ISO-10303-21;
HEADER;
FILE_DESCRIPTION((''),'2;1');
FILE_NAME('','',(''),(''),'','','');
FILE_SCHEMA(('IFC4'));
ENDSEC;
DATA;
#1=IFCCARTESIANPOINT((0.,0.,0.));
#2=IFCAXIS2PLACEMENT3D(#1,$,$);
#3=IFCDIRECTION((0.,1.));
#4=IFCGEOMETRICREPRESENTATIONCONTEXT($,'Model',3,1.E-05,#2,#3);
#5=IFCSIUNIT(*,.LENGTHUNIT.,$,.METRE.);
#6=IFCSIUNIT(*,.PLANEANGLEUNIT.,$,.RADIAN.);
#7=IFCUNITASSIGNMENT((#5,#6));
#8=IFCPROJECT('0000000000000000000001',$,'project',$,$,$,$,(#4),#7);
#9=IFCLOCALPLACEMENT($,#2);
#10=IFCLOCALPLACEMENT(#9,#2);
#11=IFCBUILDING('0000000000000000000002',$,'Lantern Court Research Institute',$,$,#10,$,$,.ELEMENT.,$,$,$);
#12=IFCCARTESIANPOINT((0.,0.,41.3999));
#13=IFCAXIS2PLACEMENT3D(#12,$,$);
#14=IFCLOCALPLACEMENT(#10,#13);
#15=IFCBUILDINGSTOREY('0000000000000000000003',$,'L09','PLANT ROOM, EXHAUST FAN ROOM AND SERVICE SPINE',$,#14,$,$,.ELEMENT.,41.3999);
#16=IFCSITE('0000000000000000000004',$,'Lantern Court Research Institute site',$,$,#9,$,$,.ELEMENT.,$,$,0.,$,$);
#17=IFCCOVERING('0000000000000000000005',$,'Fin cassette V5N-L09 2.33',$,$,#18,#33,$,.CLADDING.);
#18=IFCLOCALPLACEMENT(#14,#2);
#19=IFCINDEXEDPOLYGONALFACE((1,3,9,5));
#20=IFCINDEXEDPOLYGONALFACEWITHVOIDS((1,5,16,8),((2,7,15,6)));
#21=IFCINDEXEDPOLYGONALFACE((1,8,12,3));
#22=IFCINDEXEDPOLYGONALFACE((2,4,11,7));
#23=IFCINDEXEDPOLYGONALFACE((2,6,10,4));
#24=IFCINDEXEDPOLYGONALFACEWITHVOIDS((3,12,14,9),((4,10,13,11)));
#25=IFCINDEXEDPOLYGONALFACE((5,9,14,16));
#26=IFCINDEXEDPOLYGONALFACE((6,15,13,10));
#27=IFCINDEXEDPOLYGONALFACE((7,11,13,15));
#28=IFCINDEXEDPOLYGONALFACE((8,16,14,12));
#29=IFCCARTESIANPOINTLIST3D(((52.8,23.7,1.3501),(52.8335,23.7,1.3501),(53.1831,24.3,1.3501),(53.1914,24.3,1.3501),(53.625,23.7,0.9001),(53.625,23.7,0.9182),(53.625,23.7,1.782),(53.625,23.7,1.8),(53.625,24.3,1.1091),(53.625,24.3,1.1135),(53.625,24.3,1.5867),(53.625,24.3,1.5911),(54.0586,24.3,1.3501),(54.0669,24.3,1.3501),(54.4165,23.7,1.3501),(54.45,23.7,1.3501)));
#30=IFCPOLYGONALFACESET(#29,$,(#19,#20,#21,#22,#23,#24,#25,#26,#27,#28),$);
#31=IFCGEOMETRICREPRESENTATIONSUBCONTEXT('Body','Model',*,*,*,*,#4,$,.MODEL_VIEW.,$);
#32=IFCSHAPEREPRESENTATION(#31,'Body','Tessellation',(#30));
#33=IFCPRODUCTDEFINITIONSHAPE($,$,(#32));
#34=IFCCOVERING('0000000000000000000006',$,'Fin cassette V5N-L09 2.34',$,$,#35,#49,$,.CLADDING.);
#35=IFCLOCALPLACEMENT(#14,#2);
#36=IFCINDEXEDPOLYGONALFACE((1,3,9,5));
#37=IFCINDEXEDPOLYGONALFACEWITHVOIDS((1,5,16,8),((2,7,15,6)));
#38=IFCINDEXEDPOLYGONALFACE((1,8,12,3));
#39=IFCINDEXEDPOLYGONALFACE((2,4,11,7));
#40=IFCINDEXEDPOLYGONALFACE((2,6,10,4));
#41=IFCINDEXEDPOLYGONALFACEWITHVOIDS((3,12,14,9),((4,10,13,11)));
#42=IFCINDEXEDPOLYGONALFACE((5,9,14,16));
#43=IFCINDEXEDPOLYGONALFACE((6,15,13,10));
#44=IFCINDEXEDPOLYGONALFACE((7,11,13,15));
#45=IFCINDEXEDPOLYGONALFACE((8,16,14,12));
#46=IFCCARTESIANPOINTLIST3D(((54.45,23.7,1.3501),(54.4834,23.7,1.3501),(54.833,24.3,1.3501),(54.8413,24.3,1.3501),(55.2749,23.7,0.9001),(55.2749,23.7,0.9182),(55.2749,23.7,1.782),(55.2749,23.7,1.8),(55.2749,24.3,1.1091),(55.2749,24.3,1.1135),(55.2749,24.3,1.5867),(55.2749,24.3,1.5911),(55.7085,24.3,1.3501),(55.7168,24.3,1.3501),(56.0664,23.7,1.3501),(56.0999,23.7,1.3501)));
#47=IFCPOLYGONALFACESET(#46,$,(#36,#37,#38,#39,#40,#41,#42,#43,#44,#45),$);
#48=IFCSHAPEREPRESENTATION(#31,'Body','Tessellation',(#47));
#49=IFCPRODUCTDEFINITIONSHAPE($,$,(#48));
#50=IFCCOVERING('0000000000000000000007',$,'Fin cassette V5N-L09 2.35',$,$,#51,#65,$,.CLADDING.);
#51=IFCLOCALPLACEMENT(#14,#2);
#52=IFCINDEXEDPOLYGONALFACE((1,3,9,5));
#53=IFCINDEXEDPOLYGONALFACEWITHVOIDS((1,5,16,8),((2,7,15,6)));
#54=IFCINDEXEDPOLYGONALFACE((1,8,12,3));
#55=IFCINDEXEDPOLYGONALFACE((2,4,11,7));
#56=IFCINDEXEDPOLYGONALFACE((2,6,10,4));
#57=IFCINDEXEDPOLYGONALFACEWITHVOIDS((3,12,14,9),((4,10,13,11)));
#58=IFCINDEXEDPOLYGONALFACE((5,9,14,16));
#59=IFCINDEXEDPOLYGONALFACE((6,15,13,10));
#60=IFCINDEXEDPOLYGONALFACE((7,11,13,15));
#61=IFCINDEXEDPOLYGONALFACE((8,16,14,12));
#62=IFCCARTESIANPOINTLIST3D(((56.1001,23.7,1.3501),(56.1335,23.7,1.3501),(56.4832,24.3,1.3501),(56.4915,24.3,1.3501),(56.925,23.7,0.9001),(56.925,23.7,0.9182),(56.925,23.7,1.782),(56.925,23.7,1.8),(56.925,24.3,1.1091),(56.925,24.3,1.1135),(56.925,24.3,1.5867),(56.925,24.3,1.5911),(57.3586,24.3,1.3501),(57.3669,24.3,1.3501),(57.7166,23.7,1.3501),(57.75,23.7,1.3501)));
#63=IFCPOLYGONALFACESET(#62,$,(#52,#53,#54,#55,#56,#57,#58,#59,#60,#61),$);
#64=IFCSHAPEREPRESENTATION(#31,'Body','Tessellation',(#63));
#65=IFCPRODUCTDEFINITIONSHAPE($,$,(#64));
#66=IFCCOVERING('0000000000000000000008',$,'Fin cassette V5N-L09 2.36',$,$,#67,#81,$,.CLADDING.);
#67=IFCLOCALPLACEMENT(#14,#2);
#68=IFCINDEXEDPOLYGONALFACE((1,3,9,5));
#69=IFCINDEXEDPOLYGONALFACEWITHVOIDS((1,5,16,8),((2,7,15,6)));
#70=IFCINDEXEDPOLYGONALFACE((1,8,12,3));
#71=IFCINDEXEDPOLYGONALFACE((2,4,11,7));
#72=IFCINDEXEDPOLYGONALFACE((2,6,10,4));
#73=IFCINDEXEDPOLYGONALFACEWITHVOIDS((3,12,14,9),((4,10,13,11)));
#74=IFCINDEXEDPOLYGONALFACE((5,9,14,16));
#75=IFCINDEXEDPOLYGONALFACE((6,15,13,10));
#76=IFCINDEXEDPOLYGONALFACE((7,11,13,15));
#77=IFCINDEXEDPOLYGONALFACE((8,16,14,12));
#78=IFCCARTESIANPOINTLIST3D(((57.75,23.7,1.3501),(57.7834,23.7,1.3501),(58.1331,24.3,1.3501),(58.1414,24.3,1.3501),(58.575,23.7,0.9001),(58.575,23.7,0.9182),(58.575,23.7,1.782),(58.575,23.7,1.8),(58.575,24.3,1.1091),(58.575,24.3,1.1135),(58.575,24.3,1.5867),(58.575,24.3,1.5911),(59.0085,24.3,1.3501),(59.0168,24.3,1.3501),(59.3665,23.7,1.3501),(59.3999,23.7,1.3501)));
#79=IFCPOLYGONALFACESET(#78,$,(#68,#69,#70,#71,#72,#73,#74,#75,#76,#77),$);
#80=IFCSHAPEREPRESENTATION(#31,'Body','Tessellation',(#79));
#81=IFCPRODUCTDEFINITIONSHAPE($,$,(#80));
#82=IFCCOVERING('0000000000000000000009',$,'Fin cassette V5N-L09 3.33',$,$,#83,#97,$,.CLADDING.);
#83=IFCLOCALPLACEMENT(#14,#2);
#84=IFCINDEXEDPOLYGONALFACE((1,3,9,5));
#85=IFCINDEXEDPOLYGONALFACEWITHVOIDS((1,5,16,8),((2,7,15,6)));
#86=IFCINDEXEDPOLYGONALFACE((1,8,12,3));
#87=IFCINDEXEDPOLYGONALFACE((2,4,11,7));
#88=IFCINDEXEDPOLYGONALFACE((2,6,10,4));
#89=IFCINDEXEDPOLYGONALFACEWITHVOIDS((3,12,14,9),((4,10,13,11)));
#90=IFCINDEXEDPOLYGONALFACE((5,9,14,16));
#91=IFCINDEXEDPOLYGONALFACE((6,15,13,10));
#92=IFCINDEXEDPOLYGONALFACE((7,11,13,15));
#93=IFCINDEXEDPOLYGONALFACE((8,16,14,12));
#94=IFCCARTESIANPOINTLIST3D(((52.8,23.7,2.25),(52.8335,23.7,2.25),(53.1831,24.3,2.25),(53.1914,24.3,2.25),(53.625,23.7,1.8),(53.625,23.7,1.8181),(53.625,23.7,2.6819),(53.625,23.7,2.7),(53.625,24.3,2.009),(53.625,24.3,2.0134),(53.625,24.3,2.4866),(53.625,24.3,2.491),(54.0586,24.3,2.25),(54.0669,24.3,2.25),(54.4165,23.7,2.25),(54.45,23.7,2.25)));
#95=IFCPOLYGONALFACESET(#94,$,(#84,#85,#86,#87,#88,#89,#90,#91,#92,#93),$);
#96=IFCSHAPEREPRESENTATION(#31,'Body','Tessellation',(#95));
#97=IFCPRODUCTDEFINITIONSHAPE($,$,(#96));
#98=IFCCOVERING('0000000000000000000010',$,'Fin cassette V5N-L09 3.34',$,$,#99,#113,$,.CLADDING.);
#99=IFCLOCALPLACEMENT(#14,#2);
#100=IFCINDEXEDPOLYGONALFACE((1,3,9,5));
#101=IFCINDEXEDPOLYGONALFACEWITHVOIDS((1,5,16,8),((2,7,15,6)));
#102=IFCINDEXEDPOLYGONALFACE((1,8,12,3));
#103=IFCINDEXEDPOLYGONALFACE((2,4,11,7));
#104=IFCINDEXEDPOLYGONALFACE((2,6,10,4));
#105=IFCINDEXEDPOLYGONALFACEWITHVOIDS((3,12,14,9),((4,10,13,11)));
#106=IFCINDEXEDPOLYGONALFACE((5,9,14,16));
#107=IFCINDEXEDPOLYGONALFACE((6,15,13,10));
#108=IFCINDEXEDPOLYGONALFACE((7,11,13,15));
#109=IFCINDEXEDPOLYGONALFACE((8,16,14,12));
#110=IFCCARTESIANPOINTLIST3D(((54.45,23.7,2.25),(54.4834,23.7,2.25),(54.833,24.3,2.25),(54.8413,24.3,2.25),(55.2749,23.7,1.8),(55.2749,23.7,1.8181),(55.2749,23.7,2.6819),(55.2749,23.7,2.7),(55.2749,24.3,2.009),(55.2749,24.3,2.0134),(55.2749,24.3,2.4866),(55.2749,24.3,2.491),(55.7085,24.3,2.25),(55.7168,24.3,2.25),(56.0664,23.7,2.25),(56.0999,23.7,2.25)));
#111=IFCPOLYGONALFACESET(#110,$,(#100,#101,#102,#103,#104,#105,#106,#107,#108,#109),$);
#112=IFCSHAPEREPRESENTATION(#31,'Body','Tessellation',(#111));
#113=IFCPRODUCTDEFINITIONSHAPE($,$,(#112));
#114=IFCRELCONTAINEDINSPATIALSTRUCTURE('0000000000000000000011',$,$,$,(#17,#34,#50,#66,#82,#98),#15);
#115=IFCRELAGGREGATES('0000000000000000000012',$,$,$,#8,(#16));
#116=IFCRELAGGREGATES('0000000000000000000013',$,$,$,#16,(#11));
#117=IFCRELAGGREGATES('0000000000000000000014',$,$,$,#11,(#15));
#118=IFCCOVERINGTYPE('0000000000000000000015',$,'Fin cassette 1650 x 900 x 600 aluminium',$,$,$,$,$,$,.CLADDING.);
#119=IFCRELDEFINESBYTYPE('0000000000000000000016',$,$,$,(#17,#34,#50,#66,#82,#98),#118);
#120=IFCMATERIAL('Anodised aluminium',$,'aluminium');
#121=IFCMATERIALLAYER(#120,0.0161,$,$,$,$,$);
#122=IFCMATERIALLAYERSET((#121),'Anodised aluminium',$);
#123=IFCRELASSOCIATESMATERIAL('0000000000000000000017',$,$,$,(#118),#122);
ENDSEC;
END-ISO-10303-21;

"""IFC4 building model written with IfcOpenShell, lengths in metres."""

from ifc_helpers import new_model, entity, si_unit, direction, frame, origin, place, context, subcontext, project, spatial, material, layer, layer_set, type_object, element, save


model = new_model("IFC4")

# Units and contexts
model_context = context("Model", 3, precision=1e-05, world=origin(), true_north=direction((0.0, 1.0)))
body_context = subcontext(model_context, "Body", "Model", "MODEL_VIEW")
ifc_project = project(units=[si_unit("LENGTHUNIT", "METRE"), si_unit("PLANEANGLEUNIT", "RADIAN")], contexts=[model_context])

# Site, building, storey
site_placement = place(None, origin())
site = spatial("IfcSite", under=ifc_project, at=site_placement, Name="Lantern Court Research Institute site", CompositionType="ELEMENT", RefElevation=0.0)
building_placement = place(site_placement, origin())
building = spatial("IfcBuilding", under=site, at=building_placement, Name="Lantern Court Research Institute", CompositionType="ELEMENT")
storey_placement = place(building_placement, frame((0.0, 0.0, 41.3999)))
storey = spatial("IfcBuildingStorey", under=building, at=storey_placement, Name="L09", Description="PLANT ROOM, EXHAUST FAN ROOM AND SERVICE SPINE", CompositionType="ELEMENT", Elevation=41.3999)

# Coverings
ifc_material_1 = material(Name="Anodised aluminium", Category="aluminium")
ifc_layer_1 = layer(ifc_material_1, 0.0161)
ifc_layer_set_1 = layer_set([ifc_layer_1], Name="Anodised aluminium")
covering_type = type_object("IfcCoveringType", Name="Fin cassette 1650 x 900 x 600 aluminium", PredefinedType="CLADDING", material=ifc_layer_set_1)
covering_1_placement = place(storey_placement, frame((53.625, 23.7, 1.3501), z_axis=(0.0, 1.0, 0.0), x_axis=(-1.0, 0.0, 0.0)))
cartesian_point_1 = entity("IfcCartesianPoint", [0.825, 0.0])
cartesian_point_2 = entity("IfcCartesianPoint", [0.7915, 0.0])
cartesian_point_3 = entity("IfcCartesianPoint", [0.4419, 0.0])
cartesian_point_4 = entity("IfcCartesianPoint", [0.4336, 0.0])
element("IfcCovering", 1, at=covering_1_placement, inside=storey, type_object=covering_type, Name="Fin cassette V5N-L09 2.33", PredefinedType="CLADDING", context=body_context, shape_type="SweptSolid", body=[
    entity("IfcExtrudedAreaSolidTapered", entity("IfcArbitraryProfileDefWithVoids", "AREA", None, entity("IfcPolyline", [cartesian_point_1, entity("IfcCartesianPoint", [0.0, 0.45]), entity("IfcCartesianPoint", [-0.825, 0.0]), entity("IfcCartesianPoint", [0.0, -0.45]), cartesian_point_1]), [entity("IfcPolyline", [cartesian_point_2, entity("IfcCartesianPoint", [0.0, 0.4319]), entity("IfcCartesianPoint", [-0.7915, 0.0]), entity("IfcCartesianPoint", [0.0, -0.4319]), cartesian_point_2])]), entity("IfcAxis2Placement3D", entity("IfcCartesianPoint", [0.0, 0.0, 0.0])), entity("IfcDirection", [0.0, 0.0, 1.0]), 0.6001, entity("IfcArbitraryProfileDefWithVoids", "AREA", None, entity("IfcPolyline", [cartesian_point_3, entity("IfcCartesianPoint", [0.0, 0.241]), entity("IfcCartesianPoint", [-0.4419, 0.0]), entity("IfcCartesianPoint", [0.0, -0.241]), cartesian_point_3]), [entity("IfcPolyline", [cartesian_point_4, entity("IfcCartesianPoint", [0.0, 0.2366]), entity("IfcCartesianPoint", [-0.4336, 0.0]), entity("IfcCartesianPoint", [0.0, -0.2366]), cartesian_point_4])])),
])
covering_2_placement = place(storey_placement, frame((55.2749, 23.7, 1.3501), z_axis=(0.0, 1.0, 0.0), x_axis=(-1.0, 0.0, 0.0)))
cartesian_point_5 = entity("IfcCartesianPoint", [0.825, 0.0])
cartesian_point_6 = entity("IfcCartesianPoint", [0.7915, 0.0])
cartesian_point_7 = entity("IfcCartesianPoint", [0.4419, 0.0])
cartesian_point_8 = entity("IfcCartesianPoint", [0.4336, 0.0])
element("IfcCovering", 2, at=covering_2_placement, inside=storey, type_object=covering_type, Name="Fin cassette V5N-L09 2.34", PredefinedType="CLADDING", context=body_context, shape_type="SweptSolid", body=[
    entity("IfcExtrudedAreaSolidTapered", entity("IfcArbitraryProfileDefWithVoids", "AREA", None, entity("IfcPolyline", [cartesian_point_5, entity("IfcCartesianPoint", [0.0, 0.45]), entity("IfcCartesianPoint", [-0.825, 0.0]), entity("IfcCartesianPoint", [0.0, -0.45]), cartesian_point_5]), [entity("IfcPolyline", [cartesian_point_6, entity("IfcCartesianPoint", [0.0, 0.4319]), entity("IfcCartesianPoint", [-0.7915, 0.0]), entity("IfcCartesianPoint", [0.0, -0.4319]), cartesian_point_6])]), entity("IfcAxis2Placement3D", entity("IfcCartesianPoint", [0.0, 0.0, 0.0])), entity("IfcDirection", [0.0, 0.0, 1.0]), 0.6001, entity("IfcArbitraryProfileDefWithVoids", "AREA", None, entity("IfcPolyline", [cartesian_point_7, entity("IfcCartesianPoint", [0.0, 0.241]), entity("IfcCartesianPoint", [-0.4419, 0.0]), entity("IfcCartesianPoint", [0.0, -0.241]), cartesian_point_7]), [entity("IfcPolyline", [cartesian_point_8, entity("IfcCartesianPoint", [0.0, 0.2366]), entity("IfcCartesianPoint", [-0.4336, 0.0]), entity("IfcCartesianPoint", [0.0, -0.2366]), cartesian_point_8])])),
])
covering_3_placement = place(storey_placement, frame((56.925, 23.7, 1.3501), z_axis=(0.0, 1.0, 0.0), x_axis=(-1.0, 0.0, 0.0)))
cartesian_point_9 = entity("IfcCartesianPoint", [0.825, 0.0])
cartesian_point_10 = entity("IfcCartesianPoint", [0.7915, 0.0])
cartesian_point_11 = entity("IfcCartesianPoint", [0.4419, 0.0])
cartesian_point_12 = entity("IfcCartesianPoint", [0.4336, 0.0])
element("IfcCovering", 3, at=covering_3_placement, inside=storey, type_object=covering_type, Name="Fin cassette V5N-L09 2.35", PredefinedType="CLADDING", context=body_context, shape_type="SweptSolid", body=[
    entity("IfcExtrudedAreaSolidTapered", entity("IfcArbitraryProfileDefWithVoids", "AREA", None, entity("IfcPolyline", [cartesian_point_9, entity("IfcCartesianPoint", [0.0, 0.45]), entity("IfcCartesianPoint", [-0.825, 0.0]), entity("IfcCartesianPoint", [0.0, -0.45]), cartesian_point_9]), [entity("IfcPolyline", [cartesian_point_10, entity("IfcCartesianPoint", [0.0, 0.4319]), entity("IfcCartesianPoint", [-0.7915, 0.0]), entity("IfcCartesianPoint", [0.0, -0.4319]), cartesian_point_10])]), entity("IfcAxis2Placement3D", entity("IfcCartesianPoint", [0.0, 0.0, 0.0])), entity("IfcDirection", [0.0, 0.0, 1.0]), 0.6001, entity("IfcArbitraryProfileDefWithVoids", "AREA", None, entity("IfcPolyline", [cartesian_point_11, entity("IfcCartesianPoint", [0.0, 0.241]), entity("IfcCartesianPoint", [-0.4419, 0.0]), entity("IfcCartesianPoint", [0.0, -0.241]), cartesian_point_11]), [entity("IfcPolyline", [cartesian_point_12, entity("IfcCartesianPoint", [0.0, 0.2366]), entity("IfcCartesianPoint", [-0.4336, 0.0]), entity("IfcCartesianPoint", [0.0, -0.2366]), cartesian_point_12])])),
])
covering_4_placement = place(storey_placement, frame((58.575, 23.7, 1.3501), z_axis=(0.0, 1.0, 0.0), x_axis=(-1.0, 0.0, 0.0)))
cartesian_point_13 = entity("IfcCartesianPoint", [0.825, 0.0])
cartesian_point_14 = entity("IfcCartesianPoint", [0.7915, 0.0])
cartesian_point_15 = entity("IfcCartesianPoint", [0.4419, 0.0])
cartesian_point_16 = entity("IfcCartesianPoint", [0.4336, 0.0])
element("IfcCovering", 4, at=covering_4_placement, inside=storey, type_object=covering_type, Name="Fin cassette V5N-L09 2.36", PredefinedType="CLADDING", context=body_context, shape_type="SweptSolid", body=[
    entity("IfcExtrudedAreaSolidTapered", entity("IfcArbitraryProfileDefWithVoids", "AREA", None, entity("IfcPolyline", [cartesian_point_13, entity("IfcCartesianPoint", [0.0, 0.45]), entity("IfcCartesianPoint", [-0.825, 0.0]), entity("IfcCartesianPoint", [0.0, -0.45]), cartesian_point_13]), [entity("IfcPolyline", [cartesian_point_14, entity("IfcCartesianPoint", [0.0, 0.4319]), entity("IfcCartesianPoint", [-0.7915, 0.0]), entity("IfcCartesianPoint", [0.0, -0.4319]), cartesian_point_14])]), entity("IfcAxis2Placement3D", entity("IfcCartesianPoint", [0.0, 0.0, 0.0])), entity("IfcDirection", [0.0, 0.0, 1.0]), 0.6001, entity("IfcArbitraryProfileDefWithVoids", "AREA", None, entity("IfcPolyline", [cartesian_point_15, entity("IfcCartesianPoint", [0.0, 0.241]), entity("IfcCartesianPoint", [-0.4419, 0.0]), entity("IfcCartesianPoint", [0.0, -0.241]), cartesian_point_15]), [entity("IfcPolyline", [cartesian_point_16, entity("IfcCartesianPoint", [0.0, 0.2366]), entity("IfcCartesianPoint", [-0.4336, 0.0]), entity("IfcCartesianPoint", [0.0, -0.2366]), cartesian_point_16])])),
])
covering_5_placement = place(storey_placement, frame((53.625, 23.7, 2.25), z_axis=(0.0, 1.0, 0.0), x_axis=(-1.0, 0.0, 0.0)))
cartesian_point_17 = entity("IfcCartesianPoint", [0.825, 0.0])
cartesian_point_18 = entity("IfcCartesianPoint", [0.7915, 0.0])
cartesian_point_19 = entity("IfcCartesianPoint", [0.4419, 0.0])
cartesian_point_20 = entity("IfcCartesianPoint", [0.4336, 0.0])
element("IfcCovering", 5, at=covering_5_placement, inside=storey, type_object=covering_type, Name="Fin cassette V5N-L09 3.33", PredefinedType="CLADDING", context=body_context, shape_type="SweptSolid", body=[
    entity("IfcExtrudedAreaSolidTapered", entity("IfcArbitraryProfileDefWithVoids", "AREA", None, entity("IfcPolyline", [cartesian_point_17, entity("IfcCartesianPoint", [0.0, 0.45]), entity("IfcCartesianPoint", [-0.825, 0.0]), entity("IfcCartesianPoint", [0.0, -0.45]), cartesian_point_17]), [entity("IfcPolyline", [cartesian_point_18, entity("IfcCartesianPoint", [0.0, 0.4319]), entity("IfcCartesianPoint", [-0.7915, 0.0]), entity("IfcCartesianPoint", [0.0, -0.4319]), cartesian_point_18])]), entity("IfcAxis2Placement3D", entity("IfcCartesianPoint", [0.0, 0.0, 0.0])), entity("IfcDirection", [0.0, 0.0, 1.0]), 0.6001, entity("IfcArbitraryProfileDefWithVoids", "AREA", None, entity("IfcPolyline", [cartesian_point_19, entity("IfcCartesianPoint", [0.0, 0.241]), entity("IfcCartesianPoint", [-0.4419, 0.0]), entity("IfcCartesianPoint", [0.0, -0.241]), cartesian_point_19]), [entity("IfcPolyline", [cartesian_point_20, entity("IfcCartesianPoint", [0.0, 0.2366]), entity("IfcCartesianPoint", [-0.4336, 0.0]), entity("IfcCartesianPoint", [0.0, -0.2366]), cartesian_point_20])])),
])
covering_6_placement = place(storey_placement, frame((55.2749, 23.7, 2.25), z_axis=(0.0, 1.0, 0.0), x_axis=(-1.0, 0.0, 0.0)))
cartesian_point_21 = entity("IfcCartesianPoint", [0.825, 0.0])
cartesian_point_22 = entity("IfcCartesianPoint", [0.7915, 0.0])
cartesian_point_23 = entity("IfcCartesianPoint", [0.4419, 0.0])
cartesian_point_24 = entity("IfcCartesianPoint", [0.4336, 0.0])
element("IfcCovering", 6, at=covering_6_placement, inside=storey, type_object=covering_type, Name="Fin cassette V5N-L09 3.34", PredefinedType="CLADDING", context=body_context, shape_type="SweptSolid", body=[
    entity("IfcExtrudedAreaSolidTapered", entity("IfcArbitraryProfileDefWithVoids", "AREA", None, entity("IfcPolyline", [cartesian_point_21, entity("IfcCartesianPoint", [0.0, 0.45]), entity("IfcCartesianPoint", [-0.825, 0.0]), entity("IfcCartesianPoint", [0.0, -0.45]), cartesian_point_21]), [entity("IfcPolyline", [cartesian_point_22, entity("IfcCartesianPoint", [0.0, 0.4319]), entity("IfcCartesianPoint", [-0.7915, 0.0]), entity("IfcCartesianPoint", [0.0, -0.4319]), cartesian_point_22])]), entity("IfcAxis2Placement3D", entity("IfcCartesianPoint", [0.0, 0.0, 0.0])), entity("IfcDirection", [0.0, 0.0, 1.0]), 0.6001, entity("IfcArbitraryProfileDefWithVoids", "AREA", None, entity("IfcPolyline", [cartesian_point_23, entity("IfcCartesianPoint", [0.0, 0.241]), entity("IfcCartesianPoint", [-0.4419, 0.0]), entity("IfcCartesianPoint", [0.0, -0.241]), cartesian_point_23]), [entity("IfcPolyline", [cartesian_point_24, entity("IfcCartesianPoint", [0.0, 0.2366]), entity("IfcCartesianPoint", [-0.4336, 0.0]), entity("IfcCartesianPoint", [0.0, -0.2366]), cartesian_point_24])])),
])

save(model, "model.ifc")
